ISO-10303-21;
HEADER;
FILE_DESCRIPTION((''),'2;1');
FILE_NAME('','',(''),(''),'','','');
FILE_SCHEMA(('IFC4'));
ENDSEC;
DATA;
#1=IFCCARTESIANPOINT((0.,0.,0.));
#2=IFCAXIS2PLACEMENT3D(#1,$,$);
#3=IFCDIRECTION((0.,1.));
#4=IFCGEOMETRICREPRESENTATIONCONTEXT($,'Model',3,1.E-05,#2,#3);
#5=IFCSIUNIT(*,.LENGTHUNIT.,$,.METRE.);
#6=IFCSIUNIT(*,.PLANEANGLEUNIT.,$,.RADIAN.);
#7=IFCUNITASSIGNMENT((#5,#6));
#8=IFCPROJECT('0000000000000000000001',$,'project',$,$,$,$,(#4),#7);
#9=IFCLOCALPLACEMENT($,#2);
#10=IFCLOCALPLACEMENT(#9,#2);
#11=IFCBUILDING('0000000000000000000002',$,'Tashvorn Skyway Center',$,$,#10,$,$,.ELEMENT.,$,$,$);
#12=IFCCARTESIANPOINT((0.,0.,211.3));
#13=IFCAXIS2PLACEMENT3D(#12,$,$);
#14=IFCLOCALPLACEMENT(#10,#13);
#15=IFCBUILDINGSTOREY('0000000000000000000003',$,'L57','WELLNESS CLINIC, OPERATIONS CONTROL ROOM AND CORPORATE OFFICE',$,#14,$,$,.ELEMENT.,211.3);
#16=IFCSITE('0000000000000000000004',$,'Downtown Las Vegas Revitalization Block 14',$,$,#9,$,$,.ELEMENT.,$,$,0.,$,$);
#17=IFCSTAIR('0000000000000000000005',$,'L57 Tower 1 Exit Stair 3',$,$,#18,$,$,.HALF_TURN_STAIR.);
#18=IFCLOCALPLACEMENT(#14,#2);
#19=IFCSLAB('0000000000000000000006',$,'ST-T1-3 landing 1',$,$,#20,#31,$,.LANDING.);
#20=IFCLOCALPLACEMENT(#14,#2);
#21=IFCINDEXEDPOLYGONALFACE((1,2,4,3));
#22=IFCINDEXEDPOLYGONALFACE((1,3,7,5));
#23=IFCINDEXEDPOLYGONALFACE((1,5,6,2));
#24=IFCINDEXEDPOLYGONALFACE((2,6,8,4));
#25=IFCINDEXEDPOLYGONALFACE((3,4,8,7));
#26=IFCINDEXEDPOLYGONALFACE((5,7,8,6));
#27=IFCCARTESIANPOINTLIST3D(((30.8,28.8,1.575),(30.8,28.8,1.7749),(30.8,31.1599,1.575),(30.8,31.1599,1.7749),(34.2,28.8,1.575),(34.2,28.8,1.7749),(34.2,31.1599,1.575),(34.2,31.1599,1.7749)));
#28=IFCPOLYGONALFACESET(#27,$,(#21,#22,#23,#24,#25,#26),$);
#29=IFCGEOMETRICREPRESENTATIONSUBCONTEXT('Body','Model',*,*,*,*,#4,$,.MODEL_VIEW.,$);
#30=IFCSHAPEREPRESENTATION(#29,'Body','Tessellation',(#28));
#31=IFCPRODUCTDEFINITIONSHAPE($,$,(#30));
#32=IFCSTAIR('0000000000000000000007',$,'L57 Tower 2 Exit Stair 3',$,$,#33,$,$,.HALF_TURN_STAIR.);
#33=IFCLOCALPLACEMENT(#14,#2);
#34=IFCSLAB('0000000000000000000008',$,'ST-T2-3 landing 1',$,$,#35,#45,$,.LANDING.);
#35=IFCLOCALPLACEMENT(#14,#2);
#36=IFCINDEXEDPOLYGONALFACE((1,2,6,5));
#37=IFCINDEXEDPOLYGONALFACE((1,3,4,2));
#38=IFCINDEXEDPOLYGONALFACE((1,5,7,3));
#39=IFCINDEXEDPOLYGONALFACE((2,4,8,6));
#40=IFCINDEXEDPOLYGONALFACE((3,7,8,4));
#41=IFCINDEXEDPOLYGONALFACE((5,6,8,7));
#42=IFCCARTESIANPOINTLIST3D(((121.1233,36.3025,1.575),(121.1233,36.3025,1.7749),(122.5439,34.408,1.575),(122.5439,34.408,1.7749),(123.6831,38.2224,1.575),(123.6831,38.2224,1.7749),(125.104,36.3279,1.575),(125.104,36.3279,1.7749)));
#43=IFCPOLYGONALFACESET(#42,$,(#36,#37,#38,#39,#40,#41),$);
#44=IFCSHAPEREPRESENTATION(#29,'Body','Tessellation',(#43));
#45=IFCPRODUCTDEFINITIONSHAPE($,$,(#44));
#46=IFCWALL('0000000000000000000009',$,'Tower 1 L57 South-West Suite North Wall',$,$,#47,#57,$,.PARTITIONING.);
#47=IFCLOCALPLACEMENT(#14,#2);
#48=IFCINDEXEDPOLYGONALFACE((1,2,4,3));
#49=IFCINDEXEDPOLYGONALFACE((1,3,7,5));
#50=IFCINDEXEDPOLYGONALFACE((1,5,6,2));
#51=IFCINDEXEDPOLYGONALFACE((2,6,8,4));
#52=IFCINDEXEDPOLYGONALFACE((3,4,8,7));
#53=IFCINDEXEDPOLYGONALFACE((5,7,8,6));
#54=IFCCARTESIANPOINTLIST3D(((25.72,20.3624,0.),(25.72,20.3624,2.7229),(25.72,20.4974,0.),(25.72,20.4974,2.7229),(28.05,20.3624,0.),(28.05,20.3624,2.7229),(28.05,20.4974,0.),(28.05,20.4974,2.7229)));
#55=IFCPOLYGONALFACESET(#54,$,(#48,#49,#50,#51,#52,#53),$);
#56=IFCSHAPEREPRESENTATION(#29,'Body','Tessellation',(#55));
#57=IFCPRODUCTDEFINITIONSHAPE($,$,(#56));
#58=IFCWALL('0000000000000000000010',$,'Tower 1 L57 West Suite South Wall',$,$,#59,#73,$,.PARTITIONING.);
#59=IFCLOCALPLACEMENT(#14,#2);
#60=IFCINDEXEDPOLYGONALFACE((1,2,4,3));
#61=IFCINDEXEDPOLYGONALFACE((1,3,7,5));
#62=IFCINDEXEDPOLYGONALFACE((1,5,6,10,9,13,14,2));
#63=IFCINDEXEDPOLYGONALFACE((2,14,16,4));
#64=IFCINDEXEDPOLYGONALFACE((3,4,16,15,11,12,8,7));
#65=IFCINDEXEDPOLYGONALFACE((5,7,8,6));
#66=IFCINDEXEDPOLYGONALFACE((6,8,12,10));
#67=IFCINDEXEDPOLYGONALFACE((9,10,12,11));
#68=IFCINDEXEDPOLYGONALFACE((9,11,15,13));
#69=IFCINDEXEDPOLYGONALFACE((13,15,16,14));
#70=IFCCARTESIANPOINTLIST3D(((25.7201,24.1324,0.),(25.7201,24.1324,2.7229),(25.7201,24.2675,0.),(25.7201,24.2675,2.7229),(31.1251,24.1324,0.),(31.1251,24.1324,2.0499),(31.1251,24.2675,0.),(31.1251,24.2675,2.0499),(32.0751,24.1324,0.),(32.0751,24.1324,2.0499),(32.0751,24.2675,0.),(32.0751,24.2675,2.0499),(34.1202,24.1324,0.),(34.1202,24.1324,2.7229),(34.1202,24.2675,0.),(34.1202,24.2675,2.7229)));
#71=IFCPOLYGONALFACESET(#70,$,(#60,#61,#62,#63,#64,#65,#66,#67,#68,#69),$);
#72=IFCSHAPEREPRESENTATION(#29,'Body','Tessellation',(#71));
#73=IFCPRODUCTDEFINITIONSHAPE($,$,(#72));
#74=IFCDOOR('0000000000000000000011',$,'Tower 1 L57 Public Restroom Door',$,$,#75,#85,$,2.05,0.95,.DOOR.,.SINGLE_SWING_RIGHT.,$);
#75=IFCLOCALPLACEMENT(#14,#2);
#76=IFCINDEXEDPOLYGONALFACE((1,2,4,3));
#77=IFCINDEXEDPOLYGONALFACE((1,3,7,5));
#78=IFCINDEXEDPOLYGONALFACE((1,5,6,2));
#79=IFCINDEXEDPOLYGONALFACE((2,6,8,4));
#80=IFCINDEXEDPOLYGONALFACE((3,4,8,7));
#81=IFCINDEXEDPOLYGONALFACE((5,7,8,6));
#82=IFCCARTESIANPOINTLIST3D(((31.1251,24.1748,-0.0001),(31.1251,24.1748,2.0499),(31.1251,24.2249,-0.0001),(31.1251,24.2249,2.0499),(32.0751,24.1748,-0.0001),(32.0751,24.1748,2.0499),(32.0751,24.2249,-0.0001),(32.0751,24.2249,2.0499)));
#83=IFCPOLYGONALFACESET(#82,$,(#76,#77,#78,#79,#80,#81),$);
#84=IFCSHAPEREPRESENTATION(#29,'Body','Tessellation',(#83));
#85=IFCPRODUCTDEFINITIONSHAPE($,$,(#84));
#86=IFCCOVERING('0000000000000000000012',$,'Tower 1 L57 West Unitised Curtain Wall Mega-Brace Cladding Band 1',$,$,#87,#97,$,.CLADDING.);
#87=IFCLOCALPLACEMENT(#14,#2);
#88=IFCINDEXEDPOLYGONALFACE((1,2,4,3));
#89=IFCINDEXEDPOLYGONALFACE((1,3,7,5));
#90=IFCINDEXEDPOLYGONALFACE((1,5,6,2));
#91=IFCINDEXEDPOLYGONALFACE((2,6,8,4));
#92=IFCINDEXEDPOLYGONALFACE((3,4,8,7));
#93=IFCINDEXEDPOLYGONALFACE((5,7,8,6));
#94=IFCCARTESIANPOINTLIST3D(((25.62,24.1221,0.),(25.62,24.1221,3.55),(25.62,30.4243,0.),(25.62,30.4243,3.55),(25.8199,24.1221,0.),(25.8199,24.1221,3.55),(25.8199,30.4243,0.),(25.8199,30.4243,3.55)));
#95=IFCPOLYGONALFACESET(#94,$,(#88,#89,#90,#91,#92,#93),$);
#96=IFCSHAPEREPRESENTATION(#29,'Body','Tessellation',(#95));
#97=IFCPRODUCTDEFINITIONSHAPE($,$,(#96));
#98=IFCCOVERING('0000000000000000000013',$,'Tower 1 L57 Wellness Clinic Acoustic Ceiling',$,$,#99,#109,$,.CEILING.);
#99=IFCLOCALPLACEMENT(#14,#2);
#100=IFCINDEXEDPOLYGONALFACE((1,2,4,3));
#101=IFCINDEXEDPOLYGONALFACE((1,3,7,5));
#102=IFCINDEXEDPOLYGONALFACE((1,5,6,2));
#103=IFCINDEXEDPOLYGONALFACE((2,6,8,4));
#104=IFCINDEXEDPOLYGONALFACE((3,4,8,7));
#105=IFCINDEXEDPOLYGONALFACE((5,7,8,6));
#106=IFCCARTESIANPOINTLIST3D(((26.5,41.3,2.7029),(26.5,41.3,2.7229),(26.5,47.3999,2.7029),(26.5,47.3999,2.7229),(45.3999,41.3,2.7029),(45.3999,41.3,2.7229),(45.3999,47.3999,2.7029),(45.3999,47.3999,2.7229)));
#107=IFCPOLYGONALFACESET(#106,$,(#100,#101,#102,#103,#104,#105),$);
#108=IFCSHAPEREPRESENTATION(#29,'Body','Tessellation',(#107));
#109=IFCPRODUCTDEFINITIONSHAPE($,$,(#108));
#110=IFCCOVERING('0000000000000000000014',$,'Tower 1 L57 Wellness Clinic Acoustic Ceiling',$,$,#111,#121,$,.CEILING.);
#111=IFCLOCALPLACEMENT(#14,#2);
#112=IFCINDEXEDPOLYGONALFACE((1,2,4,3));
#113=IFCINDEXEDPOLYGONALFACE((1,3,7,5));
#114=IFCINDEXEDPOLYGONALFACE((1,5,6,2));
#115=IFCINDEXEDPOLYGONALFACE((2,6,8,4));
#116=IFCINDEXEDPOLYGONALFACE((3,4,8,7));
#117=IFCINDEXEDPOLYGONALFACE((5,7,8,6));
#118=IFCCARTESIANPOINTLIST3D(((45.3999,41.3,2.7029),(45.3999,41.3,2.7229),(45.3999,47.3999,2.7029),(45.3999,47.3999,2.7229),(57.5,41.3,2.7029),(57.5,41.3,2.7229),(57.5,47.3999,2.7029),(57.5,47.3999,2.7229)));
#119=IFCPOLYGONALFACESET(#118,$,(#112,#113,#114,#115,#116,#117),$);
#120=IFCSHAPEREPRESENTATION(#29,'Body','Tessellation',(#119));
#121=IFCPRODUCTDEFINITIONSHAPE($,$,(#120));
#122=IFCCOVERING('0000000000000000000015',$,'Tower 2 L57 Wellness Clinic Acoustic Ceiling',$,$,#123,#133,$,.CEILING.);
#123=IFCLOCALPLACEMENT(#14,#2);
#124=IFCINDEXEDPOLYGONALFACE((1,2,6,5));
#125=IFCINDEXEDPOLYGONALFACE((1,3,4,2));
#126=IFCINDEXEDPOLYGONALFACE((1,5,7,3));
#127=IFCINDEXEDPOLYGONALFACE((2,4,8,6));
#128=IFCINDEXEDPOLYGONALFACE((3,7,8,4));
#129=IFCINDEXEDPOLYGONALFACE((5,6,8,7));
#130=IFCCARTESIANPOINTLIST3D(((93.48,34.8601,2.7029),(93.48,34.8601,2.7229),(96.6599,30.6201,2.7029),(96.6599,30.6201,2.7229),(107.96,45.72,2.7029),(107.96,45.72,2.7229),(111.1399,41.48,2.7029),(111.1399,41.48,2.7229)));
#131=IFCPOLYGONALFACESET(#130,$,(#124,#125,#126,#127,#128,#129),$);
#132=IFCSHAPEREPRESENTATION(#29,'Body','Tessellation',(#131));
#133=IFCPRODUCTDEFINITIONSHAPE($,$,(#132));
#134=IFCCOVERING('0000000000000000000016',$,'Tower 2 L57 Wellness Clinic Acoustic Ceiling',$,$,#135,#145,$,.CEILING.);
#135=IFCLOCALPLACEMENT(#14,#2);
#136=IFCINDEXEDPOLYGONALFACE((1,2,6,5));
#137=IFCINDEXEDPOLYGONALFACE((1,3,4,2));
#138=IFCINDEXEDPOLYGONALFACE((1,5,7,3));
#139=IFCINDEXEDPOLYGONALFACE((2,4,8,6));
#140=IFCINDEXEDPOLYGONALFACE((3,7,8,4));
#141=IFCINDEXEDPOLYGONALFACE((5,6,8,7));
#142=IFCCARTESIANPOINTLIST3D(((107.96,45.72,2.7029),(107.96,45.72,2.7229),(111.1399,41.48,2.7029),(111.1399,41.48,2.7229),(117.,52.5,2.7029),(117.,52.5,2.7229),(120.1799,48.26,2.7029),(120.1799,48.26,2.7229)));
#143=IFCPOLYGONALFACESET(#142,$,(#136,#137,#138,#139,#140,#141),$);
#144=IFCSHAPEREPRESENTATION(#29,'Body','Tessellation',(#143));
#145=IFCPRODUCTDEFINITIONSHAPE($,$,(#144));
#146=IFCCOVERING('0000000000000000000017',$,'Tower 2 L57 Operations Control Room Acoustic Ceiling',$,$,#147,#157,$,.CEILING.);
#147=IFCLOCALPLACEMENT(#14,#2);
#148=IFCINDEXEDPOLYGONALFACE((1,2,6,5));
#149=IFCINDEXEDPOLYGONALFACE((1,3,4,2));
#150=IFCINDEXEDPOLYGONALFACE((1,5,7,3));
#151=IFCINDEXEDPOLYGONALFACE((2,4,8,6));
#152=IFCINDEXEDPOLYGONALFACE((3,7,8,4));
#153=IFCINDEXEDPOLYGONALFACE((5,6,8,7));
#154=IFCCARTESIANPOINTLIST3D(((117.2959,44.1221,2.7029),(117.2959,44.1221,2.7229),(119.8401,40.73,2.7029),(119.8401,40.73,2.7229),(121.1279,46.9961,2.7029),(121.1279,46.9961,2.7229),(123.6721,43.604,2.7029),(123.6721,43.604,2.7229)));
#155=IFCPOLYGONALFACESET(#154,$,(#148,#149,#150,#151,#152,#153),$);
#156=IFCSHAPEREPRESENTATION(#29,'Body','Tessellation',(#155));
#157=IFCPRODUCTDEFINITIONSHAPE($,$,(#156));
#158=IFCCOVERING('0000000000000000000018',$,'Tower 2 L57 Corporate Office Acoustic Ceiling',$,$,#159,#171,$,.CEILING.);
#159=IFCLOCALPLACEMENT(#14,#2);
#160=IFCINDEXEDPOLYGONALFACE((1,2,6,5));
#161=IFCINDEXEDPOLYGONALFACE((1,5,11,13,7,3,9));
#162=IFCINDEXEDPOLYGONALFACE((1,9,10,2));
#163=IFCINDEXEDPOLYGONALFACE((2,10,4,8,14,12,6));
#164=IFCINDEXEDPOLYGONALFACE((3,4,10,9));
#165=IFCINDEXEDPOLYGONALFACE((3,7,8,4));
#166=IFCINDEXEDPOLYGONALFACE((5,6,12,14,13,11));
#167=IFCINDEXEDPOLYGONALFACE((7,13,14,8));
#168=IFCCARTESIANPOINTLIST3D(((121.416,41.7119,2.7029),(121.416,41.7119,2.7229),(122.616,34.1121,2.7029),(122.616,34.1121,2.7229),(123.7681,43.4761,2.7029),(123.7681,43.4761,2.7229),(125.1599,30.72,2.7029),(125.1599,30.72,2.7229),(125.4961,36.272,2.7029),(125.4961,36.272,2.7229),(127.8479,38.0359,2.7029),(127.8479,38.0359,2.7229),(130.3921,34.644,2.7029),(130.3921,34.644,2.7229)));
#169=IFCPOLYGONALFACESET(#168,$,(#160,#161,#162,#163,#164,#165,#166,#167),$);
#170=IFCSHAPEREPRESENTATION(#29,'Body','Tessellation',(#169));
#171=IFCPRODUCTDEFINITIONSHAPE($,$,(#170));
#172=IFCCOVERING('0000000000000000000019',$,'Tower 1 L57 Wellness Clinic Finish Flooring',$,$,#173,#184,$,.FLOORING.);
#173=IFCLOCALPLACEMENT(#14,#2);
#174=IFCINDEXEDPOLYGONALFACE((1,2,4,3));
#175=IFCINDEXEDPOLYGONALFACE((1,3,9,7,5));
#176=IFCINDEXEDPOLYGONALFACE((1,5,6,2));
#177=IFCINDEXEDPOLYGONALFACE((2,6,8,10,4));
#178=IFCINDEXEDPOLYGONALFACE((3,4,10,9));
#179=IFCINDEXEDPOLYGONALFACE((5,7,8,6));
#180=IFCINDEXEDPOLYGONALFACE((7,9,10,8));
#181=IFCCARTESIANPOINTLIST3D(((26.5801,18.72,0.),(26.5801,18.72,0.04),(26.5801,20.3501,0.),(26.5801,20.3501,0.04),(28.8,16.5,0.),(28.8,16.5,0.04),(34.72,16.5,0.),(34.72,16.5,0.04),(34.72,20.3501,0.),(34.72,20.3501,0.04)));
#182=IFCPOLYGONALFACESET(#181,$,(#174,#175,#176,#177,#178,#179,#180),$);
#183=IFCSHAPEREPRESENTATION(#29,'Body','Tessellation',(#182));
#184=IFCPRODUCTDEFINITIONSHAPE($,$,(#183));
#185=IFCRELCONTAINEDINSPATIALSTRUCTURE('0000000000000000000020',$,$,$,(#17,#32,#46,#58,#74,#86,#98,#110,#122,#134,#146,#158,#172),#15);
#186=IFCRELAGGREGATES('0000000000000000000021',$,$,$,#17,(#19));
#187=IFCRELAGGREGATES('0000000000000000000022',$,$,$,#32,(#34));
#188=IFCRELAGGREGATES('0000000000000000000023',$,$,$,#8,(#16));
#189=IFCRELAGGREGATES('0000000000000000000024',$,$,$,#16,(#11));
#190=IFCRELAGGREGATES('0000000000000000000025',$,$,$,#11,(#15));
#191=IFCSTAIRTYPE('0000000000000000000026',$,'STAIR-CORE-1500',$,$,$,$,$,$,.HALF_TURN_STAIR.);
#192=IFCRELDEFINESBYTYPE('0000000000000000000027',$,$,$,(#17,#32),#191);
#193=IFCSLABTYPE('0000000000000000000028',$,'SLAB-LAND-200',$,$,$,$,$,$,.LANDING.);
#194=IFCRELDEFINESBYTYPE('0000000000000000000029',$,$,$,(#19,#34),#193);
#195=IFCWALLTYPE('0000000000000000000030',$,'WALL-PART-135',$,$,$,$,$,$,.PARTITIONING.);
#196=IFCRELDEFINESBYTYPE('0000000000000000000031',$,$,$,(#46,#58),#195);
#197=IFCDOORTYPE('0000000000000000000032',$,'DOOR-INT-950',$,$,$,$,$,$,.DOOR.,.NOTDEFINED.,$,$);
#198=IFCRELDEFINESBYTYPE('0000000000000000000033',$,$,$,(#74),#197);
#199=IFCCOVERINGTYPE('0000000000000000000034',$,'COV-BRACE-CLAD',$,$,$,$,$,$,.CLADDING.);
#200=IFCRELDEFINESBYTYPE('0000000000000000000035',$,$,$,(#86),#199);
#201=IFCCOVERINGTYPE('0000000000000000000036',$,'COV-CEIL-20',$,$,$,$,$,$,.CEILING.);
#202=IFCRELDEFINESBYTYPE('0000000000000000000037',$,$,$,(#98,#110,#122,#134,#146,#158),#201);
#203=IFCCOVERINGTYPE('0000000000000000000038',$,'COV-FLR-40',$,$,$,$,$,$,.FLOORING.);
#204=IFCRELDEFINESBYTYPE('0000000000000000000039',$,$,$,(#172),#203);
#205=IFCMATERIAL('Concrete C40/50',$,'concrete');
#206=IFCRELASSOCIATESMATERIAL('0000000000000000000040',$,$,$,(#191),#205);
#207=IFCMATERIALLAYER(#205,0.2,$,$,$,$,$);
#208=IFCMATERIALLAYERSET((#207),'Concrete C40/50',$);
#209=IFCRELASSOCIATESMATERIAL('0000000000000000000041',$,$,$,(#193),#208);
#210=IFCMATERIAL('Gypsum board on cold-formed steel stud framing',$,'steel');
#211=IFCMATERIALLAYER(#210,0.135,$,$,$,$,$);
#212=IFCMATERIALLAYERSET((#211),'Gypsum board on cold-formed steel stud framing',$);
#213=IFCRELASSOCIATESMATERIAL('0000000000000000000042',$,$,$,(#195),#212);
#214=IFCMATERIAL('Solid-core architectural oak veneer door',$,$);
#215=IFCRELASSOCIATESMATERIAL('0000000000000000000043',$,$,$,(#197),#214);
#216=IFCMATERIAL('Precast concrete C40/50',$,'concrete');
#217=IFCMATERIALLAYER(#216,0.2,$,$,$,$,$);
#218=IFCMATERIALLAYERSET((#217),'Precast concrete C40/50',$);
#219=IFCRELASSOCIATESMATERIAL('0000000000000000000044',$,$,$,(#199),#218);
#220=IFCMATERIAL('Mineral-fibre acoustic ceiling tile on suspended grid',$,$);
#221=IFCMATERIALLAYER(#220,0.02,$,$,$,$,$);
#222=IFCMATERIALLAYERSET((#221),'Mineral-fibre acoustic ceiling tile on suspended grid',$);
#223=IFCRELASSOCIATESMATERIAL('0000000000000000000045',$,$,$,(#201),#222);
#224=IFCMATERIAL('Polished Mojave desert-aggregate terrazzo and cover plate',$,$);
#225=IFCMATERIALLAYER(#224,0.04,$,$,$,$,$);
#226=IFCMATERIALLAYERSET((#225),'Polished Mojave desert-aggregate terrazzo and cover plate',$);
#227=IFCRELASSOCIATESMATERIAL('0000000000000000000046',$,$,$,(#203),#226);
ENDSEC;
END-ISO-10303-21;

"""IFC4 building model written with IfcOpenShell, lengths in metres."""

from ifc_helpers import new_model, si_unit, direction, frame, frame_2d, origin, origin_2d, place, context, subcontext, project, spatial, polyline, rectangle, outline, extrude, material, layer, layer_set, type_object, element, fill, aggregate, save


model = new_model("IFC4")

# Units and contexts
model_context = context("Model", 3, precision=1e-05, world=origin(), true_north=direction((0.0, 1.0)))
body_context = subcontext(model_context, "Body", "Model", "MODEL_VIEW")
ifc_project = project(units=[si_unit("LENGTHUNIT", "METRE"), si_unit("PLANEANGLEUNIT", "RADIAN")], contexts=[model_context])

# Site, building, storey
site_placement = place(None, origin())
site = spatial("IfcSite", under=ifc_project, at=site_placement, Name="Downtown Las Vegas Revitalization Block 14", CompositionType="ELEMENT", RefElevation=0.0)
building_placement = place(site_placement, origin())
building = spatial("IfcBuilding", under=site, at=building_placement, Name="Tashvorn Skyway Center", CompositionType="ELEMENT")
storey_placement = place(building_placement, frame((0.0, 0.0, 211.3)))
storey = spatial("IfcBuildingStorey", under=building, at=storey_placement, Name="L57", Description="WELLNESS CLINIC, OPERATIONS CONTROL ROOM AND CORPORATE OFFICE", CompositionType="ELEMENT", Elevation=211.3)

# Shared definitions
ifc_material_1 = material(Name="Concrete C40/50", Category="concrete")

# Stairs, slabs
stair_type = type_object("IfcStairType", Name="STAIR-CORE-1500", PredefinedType="HALF_TURN_STAIR", material=ifc_material_1)
ifc_layer_1 = layer(ifc_material_1, 0.2)
ifc_layer_set_1 = layer_set([ifc_layer_1], Name="Concrete C40/50")
slab_type_1 = type_object("IfcSlabType", Name="SLAB-LAND-200", PredefinedType="LANDING", material=ifc_layer_set_1)
stair_1_placement = place(storey_placement, origin())
stair_1 = element("IfcStair", 1, at=stair_1_placement, inside=storey, type_object=stair_type, Name="L57 Tower 1 Exit Stair 3", PredefinedType="HALF_TURN_STAIR")
slab_1_placement = place(storey_placement, frame((0.0, 0.0, 1.575)))
slab_1 = element("IfcSlab", 2, at=slab_1_placement, type_object=slab_type_1, Name="ST-T1-3 landing 1", PredefinedType="LANDING", context=body_context, shape_type="SweptSolid", body=[
    extrude(outline(polyline([(30.8, 31.1599), (30.8, 28.8), (34.2, 28.8), (34.2, 31.1599), (30.8, 31.1599)])), origin(), (0.0, 0.0, 1.0), 0.2),
])
aggregate(stair_1, [slab_1])
stair_2_placement = place(storey_placement, origin())
stair_2 = element("IfcStair", 3, at=stair_2_placement, inside=storey, type_object=stair_type, Name="L57 Tower 2 Exit Stair 3", PredefinedType="HALF_TURN_STAIR")
slab_2_placement = place(storey_placement, frame((0.0, 0.0, 1.575)))
slab_2 = element("IfcSlab", 4, at=slab_2_placement, type_object=slab_type_1, Name="ST-T2-3 landing 1", PredefinedType="LANDING", context=body_context, shape_type="SweptSolid", body=[
    extrude(outline(polyline([(121.1233, 36.3025), (122.5439, 34.408), (125.104, 36.3279), (123.6831, 38.2224), (121.1233, 36.3025)])), origin(), (0.0, 0.0, 1.0), 0.2),
])
aggregate(stair_2, [slab_2])

# Wall
ifc_material_2 = material(Name="Gypsum board on cold-formed steel stud framing", Category="steel")
ifc_layer_2 = layer(ifc_material_2, 0.135)
ifc_layer_set_2 = layer_set([ifc_layer_2], Name="Gypsum board on cold-formed steel stud framing")
wall_type = type_object("IfcWallType", Name="WALL-PART-135", PredefinedType="PARTITIONING", material=ifc_layer_set_2)
wall_1_placement = place(storey_placement, frame((25.72, 20.4299, 0.0), z_axis=(0.0, 0.0, 1.0), x_axis=(1.0, 0.0, 0.0)))
element("IfcWall", 5, at=wall_1_placement, inside=storey, type_object=wall_type, Name="Tower 1 L57 South-West Suite North Wall", PredefinedType="PARTITIONING", context=body_context, shape_type="SweptSolid", body=[
    extrude(rectangle(XDim=2.3301, YDim=0.135, at=frame_2d((1.165, 0.0))), origin(), (0.0, 0.0, 1.0), 2.7229),
])

# Wall, opening, door
wall_2_placement = place(storey_placement, frame((25.72, 24.2, 0.0), z_axis=(0.0, 0.0, 1.0), x_axis=(1.0, 0.0, 0.0)))
wall_2 = element("IfcWall", 6, at=wall_2_placement, inside=storey, type_object=wall_type, Name="Tower 1 L57 West Suite South Wall", PredefinedType="PARTITIONING", context=body_context, shape_type="SweptSolid", body=[
    extrude(rectangle(XDim=8.4001, YDim=0.135, at=frame_2d((4.2002, 0.0))), origin(), (0.0, 0.0, 1.0), 2.7229),
])
opening_placement = place(wall_2_placement, frame((5.405, 0.0, 0.0)))
opening = element("IfcOpeningElement", 7, at=opening_placement, cuts=wall_2, PredefinedType="OPENING", context=body_context, shape_type="SweptSolid", body=[
    extrude(rectangle(XDim=0.95, YDim=2.05, at=frame_2d((0.4751, 1.0249))), frame((0.0, 0.0774, 0.0), z_axis=(0.0, -1.0, 0.0), x_axis=(1.0, 0.0, 0.0)), (0.0, 0.0, 1.0), 0.155),
])
ifc_material_3 = material(Name="Solid-core architectural oak veneer door")
door_type = type_object("IfcDoorType", Name="DOOR-INT-950", OperationType="NOTDEFINED", PredefinedType="DOOR", material=ifc_material_3)
door_placement = place(opening_placement, origin())
door = element("IfcDoor", 8, at=door_placement, inside=storey, type_object=door_type, Name="Tower 1 L57 Public Restroom Door", OperationType="SINGLE_SWING_RIGHT", OverallHeight=2.05, OverallWidth=0.95, PredefinedType="DOOR", context=body_context, shape_type="SweptSolid", body=[
    extrude(rectangle(XDim=0.95, YDim=2.05, at=frame_2d((0.4751, 1.0249))), frame((0.0, 0.0249, 0.0), z_axis=(0.0, -1.0, 0.0), x_axis=(1.0, 0.0, 0.0)), (0.0, 0.0, 1.0), 0.05),
])
fill(opening, door)

# Coverings
ifc_material_4 = material(Name="Precast concrete C40/50", Category="concrete")
ifc_layer_3 = layer(ifc_material_4, 0.2)
ifc_layer_set_3 = layer_set([ifc_layer_3], Name="Precast concrete C40/50")
covering_type_1 = type_object("IfcCoveringType", Name="COV-BRACE-CLAD", PredefinedType="CLADDING", material=ifc_layer_set_3)
covering_1_placement = place(storey_placement, frame((25.72, 27.2732, 0.0), z_axis=(0.0, 0.0, 1.0), x_axis=(0.0, 1.0, 0.0)))
element("IfcCovering", 9, at=covering_1_placement, inside=storey, type_object=covering_type_1, Name="Tower 1 L57 West Unitised Curtain Wall Mega-Brace Cladding Band 1", PredefinedType="CLADDING", context=body_context, shape_type="SweptSolid", body=[
    extrude(rectangle(XDim=6.3022, YDim=0.2, at=origin_2d()), origin(), (0.0, 0.0, 1.0), 3.55),
])
ifc_material_5 = material(Name="Mineral-fibre acoustic ceiling tile on suspended grid")
ifc_layer_4 = layer(ifc_material_5, 0.02)
ifc_layer_set_4 = layer_set([ifc_layer_4], Name="Mineral-fibre acoustic ceiling tile on suspended grid")
covering_type_2 = type_object("IfcCoveringType", Name="COV-CEIL-20", PredefinedType="CEILING", material=ifc_layer_set_4)
covering_2_placement = place(storey_placement, frame((0.0, 0.0, 2.7029)))
element("IfcCovering", 10, at=covering_2_placement, inside=storey, type_object=covering_type_2, Name="Tower 1 L57 Wellness Clinic Acoustic Ceiling", PredefinedType="CEILING", context=body_context, shape_type="SweptSolid", body=[
    extrude(outline(polyline([(26.5, 41.3), (45.3999, 41.3), (45.3999, 47.3999), (26.5, 47.3999), (26.5, 41.3)])), origin(), (0.0, 0.0, 1.0), 0.02),
])
covering_3_placement = place(storey_placement, frame((0.0, 0.0, 2.7029)))
element("IfcCovering", 11, at=covering_3_placement, inside=storey, type_object=covering_type_2, Name="Tower 1 L57 Wellness Clinic Acoustic Ceiling", PredefinedType="CEILING", context=body_context, shape_type="SweptSolid", body=[
    extrude(outline(polyline([(45.3999, 41.3), (57.5, 41.3), (57.5, 47.3999), (45.3999, 47.3999), (45.3999, 41.3)])), origin(), (0.0, 0.0, 1.0), 0.02),
])
covering_4_placement = place(storey_placement, frame((0.0, 0.0, 2.7029)))
element("IfcCovering", 12, at=covering_4_placement, inside=storey, type_object=covering_type_2, Name="Tower 2 L57 Wellness Clinic Acoustic Ceiling", PredefinedType="CEILING", context=body_context, shape_type="SweptSolid", body=[
    extrude(outline(polyline([(96.6599, 30.6201), (111.1399, 41.48), (107.96, 45.72), (93.48, 34.8601), (96.6599, 30.6201)])), origin(), (0.0, 0.0, 1.0), 0.02),
])
covering_5_placement = place(storey_placement, frame((0.0, 0.0, 2.7029)))
element("IfcCovering", 13, at=covering_5_placement, inside=storey, type_object=covering_type_2, Name="Tower 2 L57 Wellness Clinic Acoustic Ceiling", PredefinedType="CEILING", context=body_context, shape_type="SweptSolid", body=[
    extrude(outline(polyline([(111.1399, 41.48), (120.1799, 48.26), (117.0, 52.5), (107.96, 45.72), (111.1399, 41.48)])), origin(), (0.0, 0.0, 1.0), 0.02),
])
covering_6_placement = place(storey_placement, frame((0.0, 0.0, 2.7029)))
element("IfcCovering", 14, at=covering_6_placement, inside=storey, type_object=covering_type_2, Name="Tower 2 L57 Operations Control Room Acoustic Ceiling", PredefinedType="CEILING", context=body_context, shape_type="SweptSolid", body=[
    extrude(outline(polyline([(119.8401, 40.73), (117.2959, 44.1221), (121.1279, 46.9961), (123.6721, 43.604), (119.8401, 40.73)])), origin(), (0.0, 0.0, 1.0), 0.02),
])
covering_7_placement = place(storey_placement, frame((0.0, 0.0, 2.7029)))
element("IfcCovering", 15, at=covering_7_placement, inside=storey, type_object=covering_type_2, Name="Tower 2 L57 Corporate Office Acoustic Ceiling", PredefinedType="CEILING", context=body_context, shape_type="SweptSolid", body=[
    extrude(outline(polyline([(125.1599, 30.72), (122.616, 34.1121), (125.4961, 36.272), (121.416, 41.7119), (123.7681, 43.4761), (127.8479, 38.0359), (130.3921, 34.644), (125.1599, 30.72)])), origin(), (0.0, 0.0, 1.0), 0.02),
])
ifc_material_6 = material(Name="Polished Mojave desert-aggregate terrazzo and cover plate")
ifc_layer_5 = layer(ifc_material_6, 0.04)
ifc_layer_set_5 = layer_set([ifc_layer_5], Name="Polished Mojave desert-aggregate terrazzo and cover plate")
covering_type_3 = type_object("IfcCoveringType", Name="COV-FLR-40", PredefinedType="FLOORING", material=ifc_layer_set_5)
covering_8_placement = place(storey_placement, origin())
element("IfcCovering", 16, at=covering_8_placement, inside=storey, type_object=covering_type_3, Name="Tower 1 L57 Wellness Clinic Finish Flooring", PredefinedType="FLOORING", context=body_context, shape_type="SweptSolid", body=[
    extrude(outline(polyline([(28.8, 16.5), (26.5801, 18.72), (26.5801, 20.3501), (34.72, 20.3501), (34.72, 16.5), (28.8, 16.5)])), origin(), (0.0, 0.0, 1.0), 0.04),
])

save(model, "model.ifc")
